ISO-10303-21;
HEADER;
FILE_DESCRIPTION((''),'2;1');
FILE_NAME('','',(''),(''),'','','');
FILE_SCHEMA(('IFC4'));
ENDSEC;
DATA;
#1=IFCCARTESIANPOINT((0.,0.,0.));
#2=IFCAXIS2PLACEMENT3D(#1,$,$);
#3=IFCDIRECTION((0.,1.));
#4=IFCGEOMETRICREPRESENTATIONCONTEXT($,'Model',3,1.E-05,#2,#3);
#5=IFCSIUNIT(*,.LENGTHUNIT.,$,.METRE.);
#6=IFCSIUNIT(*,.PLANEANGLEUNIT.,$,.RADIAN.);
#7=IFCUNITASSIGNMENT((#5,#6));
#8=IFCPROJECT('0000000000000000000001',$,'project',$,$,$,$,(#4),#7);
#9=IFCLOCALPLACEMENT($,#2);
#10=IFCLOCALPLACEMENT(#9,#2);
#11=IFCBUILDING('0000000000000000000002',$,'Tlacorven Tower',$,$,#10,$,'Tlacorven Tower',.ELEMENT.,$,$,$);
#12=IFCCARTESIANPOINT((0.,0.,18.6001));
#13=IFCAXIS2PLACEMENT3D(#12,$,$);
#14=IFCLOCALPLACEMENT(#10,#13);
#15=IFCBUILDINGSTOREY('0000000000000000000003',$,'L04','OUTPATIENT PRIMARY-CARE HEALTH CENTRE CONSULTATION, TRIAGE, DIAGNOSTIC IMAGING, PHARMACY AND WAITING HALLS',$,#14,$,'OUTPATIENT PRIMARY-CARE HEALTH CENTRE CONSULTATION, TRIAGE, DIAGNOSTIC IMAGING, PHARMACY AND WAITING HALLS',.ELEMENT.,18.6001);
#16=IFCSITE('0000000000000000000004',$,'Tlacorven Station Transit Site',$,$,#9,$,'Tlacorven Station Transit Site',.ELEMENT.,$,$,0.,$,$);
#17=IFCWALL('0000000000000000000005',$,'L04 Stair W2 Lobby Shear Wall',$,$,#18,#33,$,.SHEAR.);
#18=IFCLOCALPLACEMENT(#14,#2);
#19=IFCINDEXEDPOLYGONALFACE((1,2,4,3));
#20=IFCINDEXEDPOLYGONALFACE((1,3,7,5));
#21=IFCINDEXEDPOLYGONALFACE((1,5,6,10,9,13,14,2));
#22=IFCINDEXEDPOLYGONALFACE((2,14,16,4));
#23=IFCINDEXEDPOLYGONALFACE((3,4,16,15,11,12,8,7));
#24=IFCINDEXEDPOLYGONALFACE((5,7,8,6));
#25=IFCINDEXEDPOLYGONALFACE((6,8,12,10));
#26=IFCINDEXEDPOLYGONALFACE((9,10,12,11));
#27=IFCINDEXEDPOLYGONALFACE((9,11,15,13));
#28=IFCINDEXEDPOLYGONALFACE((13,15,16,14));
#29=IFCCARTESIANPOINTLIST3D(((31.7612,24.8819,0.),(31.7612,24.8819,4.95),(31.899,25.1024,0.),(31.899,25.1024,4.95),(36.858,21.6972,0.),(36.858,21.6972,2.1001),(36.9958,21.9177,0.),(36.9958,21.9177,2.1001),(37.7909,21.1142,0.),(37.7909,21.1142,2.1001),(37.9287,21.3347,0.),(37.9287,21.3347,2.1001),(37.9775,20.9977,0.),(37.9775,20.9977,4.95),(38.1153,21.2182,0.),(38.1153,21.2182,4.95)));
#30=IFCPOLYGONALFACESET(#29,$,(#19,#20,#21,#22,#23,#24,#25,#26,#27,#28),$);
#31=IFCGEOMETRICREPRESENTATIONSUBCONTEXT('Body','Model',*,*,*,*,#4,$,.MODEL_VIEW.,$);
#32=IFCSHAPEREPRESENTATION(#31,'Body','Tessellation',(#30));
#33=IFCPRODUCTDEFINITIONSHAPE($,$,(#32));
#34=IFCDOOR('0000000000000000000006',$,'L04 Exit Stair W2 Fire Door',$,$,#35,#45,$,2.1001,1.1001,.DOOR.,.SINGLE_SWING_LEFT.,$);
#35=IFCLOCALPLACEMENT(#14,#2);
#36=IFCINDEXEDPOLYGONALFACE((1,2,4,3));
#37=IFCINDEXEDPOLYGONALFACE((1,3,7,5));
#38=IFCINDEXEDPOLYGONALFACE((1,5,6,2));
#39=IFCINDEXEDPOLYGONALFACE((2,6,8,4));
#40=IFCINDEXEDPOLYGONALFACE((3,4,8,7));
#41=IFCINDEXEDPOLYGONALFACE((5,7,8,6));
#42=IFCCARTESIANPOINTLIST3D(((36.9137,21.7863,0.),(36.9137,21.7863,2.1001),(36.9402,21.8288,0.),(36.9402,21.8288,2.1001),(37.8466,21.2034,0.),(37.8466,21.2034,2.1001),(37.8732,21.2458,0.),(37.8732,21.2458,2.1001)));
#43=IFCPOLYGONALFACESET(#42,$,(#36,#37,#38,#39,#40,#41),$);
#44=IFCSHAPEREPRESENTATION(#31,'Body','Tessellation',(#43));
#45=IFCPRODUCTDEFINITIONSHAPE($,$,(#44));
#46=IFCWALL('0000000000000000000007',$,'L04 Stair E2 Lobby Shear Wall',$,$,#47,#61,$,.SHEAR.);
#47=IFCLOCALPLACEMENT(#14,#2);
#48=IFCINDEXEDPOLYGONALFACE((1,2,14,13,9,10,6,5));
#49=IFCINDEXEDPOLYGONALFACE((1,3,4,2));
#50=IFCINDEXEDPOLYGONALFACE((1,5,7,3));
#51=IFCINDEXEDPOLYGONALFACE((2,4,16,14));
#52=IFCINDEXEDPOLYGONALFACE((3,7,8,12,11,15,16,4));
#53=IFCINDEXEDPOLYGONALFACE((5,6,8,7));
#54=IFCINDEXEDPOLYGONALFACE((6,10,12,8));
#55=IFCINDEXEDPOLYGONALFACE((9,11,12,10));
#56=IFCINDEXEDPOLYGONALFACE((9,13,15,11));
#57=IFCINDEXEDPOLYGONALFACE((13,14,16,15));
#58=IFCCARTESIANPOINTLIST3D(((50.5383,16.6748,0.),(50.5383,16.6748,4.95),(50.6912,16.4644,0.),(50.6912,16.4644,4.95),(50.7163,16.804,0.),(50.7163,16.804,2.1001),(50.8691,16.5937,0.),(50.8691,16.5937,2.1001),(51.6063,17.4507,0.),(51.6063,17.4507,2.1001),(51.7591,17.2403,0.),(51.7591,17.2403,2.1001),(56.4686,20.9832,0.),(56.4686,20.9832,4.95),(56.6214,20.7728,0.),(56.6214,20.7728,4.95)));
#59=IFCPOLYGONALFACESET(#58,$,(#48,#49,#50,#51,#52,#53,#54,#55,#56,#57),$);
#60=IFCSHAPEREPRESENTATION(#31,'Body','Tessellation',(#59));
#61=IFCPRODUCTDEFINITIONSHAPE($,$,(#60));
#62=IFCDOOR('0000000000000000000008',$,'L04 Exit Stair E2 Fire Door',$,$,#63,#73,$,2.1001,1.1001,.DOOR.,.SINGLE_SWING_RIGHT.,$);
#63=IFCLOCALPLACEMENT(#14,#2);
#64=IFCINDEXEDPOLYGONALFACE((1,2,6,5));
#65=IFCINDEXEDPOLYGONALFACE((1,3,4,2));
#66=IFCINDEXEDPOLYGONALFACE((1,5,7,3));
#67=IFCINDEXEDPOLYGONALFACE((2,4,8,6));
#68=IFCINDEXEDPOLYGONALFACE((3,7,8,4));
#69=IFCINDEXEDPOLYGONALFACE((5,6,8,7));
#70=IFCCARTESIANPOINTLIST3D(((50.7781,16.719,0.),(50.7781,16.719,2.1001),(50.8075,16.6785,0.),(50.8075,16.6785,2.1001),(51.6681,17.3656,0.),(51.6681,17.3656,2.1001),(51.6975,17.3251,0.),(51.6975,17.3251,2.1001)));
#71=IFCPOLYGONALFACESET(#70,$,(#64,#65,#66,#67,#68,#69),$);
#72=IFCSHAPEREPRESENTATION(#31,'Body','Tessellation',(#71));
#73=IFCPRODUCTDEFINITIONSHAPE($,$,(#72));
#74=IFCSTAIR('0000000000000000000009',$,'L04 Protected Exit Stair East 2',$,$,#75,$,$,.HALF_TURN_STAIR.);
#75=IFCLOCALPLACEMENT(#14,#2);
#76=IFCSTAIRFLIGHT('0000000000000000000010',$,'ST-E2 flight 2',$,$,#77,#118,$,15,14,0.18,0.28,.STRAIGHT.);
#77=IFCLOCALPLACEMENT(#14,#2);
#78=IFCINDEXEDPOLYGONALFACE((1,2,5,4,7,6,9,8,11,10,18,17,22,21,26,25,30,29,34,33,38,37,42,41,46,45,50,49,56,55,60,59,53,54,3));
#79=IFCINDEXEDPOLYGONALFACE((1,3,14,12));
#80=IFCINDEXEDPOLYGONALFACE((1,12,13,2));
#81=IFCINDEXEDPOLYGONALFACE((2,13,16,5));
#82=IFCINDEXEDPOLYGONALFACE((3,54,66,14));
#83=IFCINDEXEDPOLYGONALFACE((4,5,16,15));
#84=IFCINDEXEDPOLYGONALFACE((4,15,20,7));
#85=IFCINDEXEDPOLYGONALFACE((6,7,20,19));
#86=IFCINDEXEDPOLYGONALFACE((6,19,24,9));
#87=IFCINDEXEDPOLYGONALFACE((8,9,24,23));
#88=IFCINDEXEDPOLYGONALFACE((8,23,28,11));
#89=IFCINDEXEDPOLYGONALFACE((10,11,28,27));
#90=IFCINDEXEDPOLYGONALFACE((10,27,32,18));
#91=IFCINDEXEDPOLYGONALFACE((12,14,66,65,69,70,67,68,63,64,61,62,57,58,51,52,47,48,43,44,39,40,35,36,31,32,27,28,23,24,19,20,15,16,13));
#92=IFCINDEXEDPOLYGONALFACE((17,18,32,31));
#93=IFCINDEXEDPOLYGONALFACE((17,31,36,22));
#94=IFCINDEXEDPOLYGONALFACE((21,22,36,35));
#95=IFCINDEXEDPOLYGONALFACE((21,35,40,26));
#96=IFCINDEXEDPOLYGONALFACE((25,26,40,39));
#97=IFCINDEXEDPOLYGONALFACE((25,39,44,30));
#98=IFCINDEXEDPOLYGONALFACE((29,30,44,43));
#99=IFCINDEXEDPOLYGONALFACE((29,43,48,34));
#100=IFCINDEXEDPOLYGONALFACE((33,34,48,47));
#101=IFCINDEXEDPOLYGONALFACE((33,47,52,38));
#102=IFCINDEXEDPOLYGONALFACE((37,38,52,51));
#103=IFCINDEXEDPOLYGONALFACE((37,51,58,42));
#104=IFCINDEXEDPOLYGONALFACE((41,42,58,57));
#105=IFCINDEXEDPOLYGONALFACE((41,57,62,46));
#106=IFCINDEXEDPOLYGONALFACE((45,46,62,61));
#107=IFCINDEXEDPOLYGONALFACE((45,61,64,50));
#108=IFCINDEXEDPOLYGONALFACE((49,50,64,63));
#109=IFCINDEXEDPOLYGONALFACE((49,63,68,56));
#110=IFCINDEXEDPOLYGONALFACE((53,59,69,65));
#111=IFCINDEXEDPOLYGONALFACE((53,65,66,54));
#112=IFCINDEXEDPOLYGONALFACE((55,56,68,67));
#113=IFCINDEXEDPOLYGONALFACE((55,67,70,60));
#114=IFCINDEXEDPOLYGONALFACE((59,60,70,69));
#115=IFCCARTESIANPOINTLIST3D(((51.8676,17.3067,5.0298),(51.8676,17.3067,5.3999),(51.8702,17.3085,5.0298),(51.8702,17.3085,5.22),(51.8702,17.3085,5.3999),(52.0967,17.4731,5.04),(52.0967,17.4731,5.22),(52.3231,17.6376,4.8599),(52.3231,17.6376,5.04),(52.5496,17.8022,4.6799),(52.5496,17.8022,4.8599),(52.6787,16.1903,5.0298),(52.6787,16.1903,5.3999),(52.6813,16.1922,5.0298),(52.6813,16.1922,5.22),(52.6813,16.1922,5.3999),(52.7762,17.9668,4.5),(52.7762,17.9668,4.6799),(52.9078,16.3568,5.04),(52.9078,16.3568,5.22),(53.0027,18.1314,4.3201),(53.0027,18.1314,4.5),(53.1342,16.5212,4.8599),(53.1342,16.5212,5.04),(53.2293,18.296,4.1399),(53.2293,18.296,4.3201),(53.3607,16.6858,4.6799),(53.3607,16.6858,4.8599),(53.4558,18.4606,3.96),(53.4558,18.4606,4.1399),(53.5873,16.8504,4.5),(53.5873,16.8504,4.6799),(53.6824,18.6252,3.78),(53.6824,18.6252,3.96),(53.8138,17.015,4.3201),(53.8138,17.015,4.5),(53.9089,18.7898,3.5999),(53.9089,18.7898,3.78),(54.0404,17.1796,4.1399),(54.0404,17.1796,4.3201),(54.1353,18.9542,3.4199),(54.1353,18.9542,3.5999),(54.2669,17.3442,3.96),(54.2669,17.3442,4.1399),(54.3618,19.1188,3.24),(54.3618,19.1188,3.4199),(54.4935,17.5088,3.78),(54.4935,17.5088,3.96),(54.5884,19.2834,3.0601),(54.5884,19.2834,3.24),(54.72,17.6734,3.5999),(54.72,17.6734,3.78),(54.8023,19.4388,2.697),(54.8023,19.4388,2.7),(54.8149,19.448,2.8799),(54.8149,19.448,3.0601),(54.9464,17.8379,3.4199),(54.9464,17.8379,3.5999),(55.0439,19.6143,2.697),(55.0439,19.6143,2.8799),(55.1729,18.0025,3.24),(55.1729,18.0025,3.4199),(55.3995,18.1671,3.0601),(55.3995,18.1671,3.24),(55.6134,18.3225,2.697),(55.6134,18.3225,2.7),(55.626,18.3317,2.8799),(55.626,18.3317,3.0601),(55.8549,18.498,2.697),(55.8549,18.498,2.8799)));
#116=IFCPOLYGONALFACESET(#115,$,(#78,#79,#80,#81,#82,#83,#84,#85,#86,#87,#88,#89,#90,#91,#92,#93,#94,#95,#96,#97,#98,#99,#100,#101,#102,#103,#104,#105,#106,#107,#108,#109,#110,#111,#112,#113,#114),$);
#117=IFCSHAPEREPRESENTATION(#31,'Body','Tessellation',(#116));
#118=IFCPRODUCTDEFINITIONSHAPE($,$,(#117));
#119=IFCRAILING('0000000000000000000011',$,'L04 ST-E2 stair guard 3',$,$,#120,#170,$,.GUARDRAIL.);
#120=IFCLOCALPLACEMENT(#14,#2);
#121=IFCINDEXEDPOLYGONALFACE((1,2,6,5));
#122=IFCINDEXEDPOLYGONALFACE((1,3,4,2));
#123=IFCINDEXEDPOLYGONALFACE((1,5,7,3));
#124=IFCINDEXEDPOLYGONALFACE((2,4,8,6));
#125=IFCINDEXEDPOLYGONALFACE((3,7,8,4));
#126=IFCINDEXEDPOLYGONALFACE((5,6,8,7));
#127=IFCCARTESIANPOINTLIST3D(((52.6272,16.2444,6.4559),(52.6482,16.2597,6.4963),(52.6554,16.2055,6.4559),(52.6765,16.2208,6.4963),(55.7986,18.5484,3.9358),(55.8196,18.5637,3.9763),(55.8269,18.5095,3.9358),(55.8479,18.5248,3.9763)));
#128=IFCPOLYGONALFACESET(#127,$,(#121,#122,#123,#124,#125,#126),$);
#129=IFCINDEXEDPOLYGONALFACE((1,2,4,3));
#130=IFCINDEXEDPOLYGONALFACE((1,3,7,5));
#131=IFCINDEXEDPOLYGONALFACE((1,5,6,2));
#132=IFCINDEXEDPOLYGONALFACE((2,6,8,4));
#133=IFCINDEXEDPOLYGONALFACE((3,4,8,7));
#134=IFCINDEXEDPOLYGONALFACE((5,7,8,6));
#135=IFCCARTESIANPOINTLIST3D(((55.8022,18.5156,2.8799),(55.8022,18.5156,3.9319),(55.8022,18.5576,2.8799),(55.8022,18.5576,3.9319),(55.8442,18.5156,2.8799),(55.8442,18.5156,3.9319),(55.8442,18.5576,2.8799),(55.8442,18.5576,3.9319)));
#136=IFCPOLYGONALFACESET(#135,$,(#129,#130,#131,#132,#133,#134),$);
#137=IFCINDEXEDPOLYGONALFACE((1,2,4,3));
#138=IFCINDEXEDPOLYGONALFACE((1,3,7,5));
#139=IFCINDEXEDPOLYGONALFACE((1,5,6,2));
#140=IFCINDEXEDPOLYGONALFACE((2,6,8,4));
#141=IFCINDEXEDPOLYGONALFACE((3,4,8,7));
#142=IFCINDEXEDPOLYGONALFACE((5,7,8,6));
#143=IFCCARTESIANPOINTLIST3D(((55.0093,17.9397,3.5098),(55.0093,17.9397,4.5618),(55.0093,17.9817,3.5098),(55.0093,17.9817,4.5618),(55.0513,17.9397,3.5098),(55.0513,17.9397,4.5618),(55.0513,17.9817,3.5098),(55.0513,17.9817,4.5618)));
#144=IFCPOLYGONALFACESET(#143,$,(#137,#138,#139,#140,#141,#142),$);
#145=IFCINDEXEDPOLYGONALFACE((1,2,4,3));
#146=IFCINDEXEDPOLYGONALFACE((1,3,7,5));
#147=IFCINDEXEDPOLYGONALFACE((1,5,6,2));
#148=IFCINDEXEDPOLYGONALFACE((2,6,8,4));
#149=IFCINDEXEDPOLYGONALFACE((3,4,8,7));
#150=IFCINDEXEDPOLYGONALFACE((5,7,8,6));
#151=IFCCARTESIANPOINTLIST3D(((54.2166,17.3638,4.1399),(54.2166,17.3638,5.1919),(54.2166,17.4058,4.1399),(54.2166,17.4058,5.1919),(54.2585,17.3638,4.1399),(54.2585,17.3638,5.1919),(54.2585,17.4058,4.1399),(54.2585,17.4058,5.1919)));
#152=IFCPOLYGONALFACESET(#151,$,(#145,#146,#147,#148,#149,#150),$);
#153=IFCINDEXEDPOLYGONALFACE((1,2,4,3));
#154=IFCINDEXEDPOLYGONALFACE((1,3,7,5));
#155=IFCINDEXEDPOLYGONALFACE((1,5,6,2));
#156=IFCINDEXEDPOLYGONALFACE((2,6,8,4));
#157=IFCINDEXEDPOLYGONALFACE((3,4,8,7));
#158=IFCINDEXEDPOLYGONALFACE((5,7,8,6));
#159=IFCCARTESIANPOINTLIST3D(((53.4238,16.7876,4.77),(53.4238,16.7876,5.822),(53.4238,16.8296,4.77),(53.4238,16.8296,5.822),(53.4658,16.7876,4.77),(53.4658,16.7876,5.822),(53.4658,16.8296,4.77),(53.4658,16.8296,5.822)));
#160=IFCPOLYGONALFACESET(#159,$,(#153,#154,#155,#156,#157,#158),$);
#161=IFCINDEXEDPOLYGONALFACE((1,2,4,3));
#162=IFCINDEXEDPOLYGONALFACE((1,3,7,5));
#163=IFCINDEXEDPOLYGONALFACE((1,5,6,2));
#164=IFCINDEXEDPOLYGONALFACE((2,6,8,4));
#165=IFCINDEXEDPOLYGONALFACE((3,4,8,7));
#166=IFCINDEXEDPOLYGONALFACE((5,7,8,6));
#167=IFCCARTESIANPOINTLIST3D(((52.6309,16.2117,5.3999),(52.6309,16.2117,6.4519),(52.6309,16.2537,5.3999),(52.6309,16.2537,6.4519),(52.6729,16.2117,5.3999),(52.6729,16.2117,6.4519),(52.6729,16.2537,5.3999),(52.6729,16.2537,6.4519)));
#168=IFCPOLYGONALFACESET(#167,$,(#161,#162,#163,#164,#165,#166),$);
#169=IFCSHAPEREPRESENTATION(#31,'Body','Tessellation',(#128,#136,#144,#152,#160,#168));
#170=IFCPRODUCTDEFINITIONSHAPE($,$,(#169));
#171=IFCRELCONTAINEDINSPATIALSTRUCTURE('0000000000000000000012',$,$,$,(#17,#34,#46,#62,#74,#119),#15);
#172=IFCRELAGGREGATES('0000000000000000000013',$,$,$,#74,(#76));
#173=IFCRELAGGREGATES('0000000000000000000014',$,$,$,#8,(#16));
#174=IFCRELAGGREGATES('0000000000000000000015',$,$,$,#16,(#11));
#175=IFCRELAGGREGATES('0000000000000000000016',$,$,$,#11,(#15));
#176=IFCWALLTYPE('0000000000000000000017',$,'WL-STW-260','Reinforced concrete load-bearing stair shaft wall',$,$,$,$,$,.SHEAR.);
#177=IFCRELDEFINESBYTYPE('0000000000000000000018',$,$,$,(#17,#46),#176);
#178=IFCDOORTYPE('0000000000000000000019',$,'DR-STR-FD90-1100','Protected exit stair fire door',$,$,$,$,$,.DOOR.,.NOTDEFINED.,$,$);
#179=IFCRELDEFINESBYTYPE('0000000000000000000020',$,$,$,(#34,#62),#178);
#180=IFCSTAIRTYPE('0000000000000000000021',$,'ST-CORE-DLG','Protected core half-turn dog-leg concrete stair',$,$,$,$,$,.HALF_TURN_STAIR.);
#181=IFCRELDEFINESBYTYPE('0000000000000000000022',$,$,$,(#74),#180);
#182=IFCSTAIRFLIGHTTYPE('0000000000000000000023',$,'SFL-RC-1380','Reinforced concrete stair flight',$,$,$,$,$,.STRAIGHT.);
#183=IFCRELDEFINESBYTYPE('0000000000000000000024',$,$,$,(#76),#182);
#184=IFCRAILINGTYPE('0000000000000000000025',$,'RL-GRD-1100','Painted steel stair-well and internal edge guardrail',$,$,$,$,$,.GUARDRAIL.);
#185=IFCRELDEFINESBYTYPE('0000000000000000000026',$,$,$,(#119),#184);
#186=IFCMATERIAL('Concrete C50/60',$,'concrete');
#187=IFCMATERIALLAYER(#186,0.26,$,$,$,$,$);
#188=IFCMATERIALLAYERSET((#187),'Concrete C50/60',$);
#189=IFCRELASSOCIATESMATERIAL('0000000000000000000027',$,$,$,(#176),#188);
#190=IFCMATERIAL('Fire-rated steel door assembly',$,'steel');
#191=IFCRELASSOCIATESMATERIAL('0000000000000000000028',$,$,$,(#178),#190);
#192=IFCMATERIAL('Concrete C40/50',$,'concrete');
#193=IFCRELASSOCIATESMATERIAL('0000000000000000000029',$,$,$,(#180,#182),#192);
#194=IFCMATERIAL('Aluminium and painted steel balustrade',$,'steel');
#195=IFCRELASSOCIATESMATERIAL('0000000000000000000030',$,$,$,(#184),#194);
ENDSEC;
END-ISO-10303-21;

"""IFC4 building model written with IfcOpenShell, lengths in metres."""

from ifc_helpers import new_model, si_unit, direction, frame, frame_2d, origin, origin_2d, place, context, subcontext, project, spatial, polyline, rectangle, outline, extrude, source, transform, mapped, material, layer, layer_set, type_object, element, fill, aggregate, save


model = new_model("IFC4")

# Units and contexts
model_context = context("Model", 3, precision=1e-05, world=origin(), true_north=direction((0.0, 1.0)))
body_context = subcontext(model_context, "Body", "Model", "MODEL_VIEW")
ifc_project = project(units=[si_unit("LENGTHUNIT", "METRE"), si_unit("PLANEANGLEUNIT", "RADIAN")], contexts=[model_context])

# Site, building, storey
site_placement = place(None, origin())
site = spatial("IfcSite", under=ifc_project, at=site_placement, Name="Tlacorven Station Transit Site", LongName="Tlacorven Station Transit Site", CompositionType="ELEMENT", RefElevation=0.0)
building_placement = place(site_placement, origin())
building = spatial("IfcBuilding", under=site, at=building_placement, Name="Tlacorven Tower", LongName="Tlacorven Tower", CompositionType="ELEMENT")
storey_placement = place(building_placement, frame((0.0, 0.0, 18.6001)))
storey = spatial("IfcBuildingStorey", under=building, at=storey_placement, Name="L04", Description="OUTPATIENT PRIMARY-CARE HEALTH CENTRE CONSULTATION, TRIAGE, DIAGNOSTIC IMAGING, PHARMACY AND WAITING HALLS", LongName="OUTPATIENT PRIMARY-CARE HEALTH CENTRE CONSULTATION, TRIAGE, DIAGNOSTIC IMAGING, PHARMACY AND WAITING HALLS", CompositionType="ELEMENT", Elevation=18.6001)

# Shared definitions
ifc_material_1 = material(Name="Concrete C40/50", Category="concrete")
ifc_material_2 = material(Name="Fire-rated steel door assembly", Category="steel")

# Walls, openings, doors
ifc_material_3 = material(Name="Concrete C50/60", Category="concrete")
ifc_layer_1 = layer(ifc_material_3, 0.26)
ifc_layer_set_1 = layer_set([ifc_layer_1], Name="Concrete C50/60")
wall_type_1 = type_object("IfcWallType", Name="WL-STW-260", Description="Reinforced concrete load-bearing stair shaft wall", PredefinedType="SHEAR", material=ifc_layer_set_1)
wall_1_placement = place(storey_placement, frame((38.0464, 21.1079, 0.0), z_axis=(0.0, 0.0, 1.0), x_axis=(-0.848054, 0.529909, 0.0)))
wall_1 = element("IfcWall", 1, at=wall_1_placement, inside=storey, type_object=wall_type_1, Name="L04 Stair W2 Lobby Shear Wall", PredefinedType="SHEAR", context=body_context, shape_type="SweptSolid", body=[
    extrude(rectangle(XDim=7.3301, YDim=0.26, at=frame_2d((3.665, 0.0))), origin(), (0.0, 0.0, 1.0), 4.95),
])
opening_1_placement = place(wall_1_placement, frame((0.22, 0.0, 0.0)))
opening_1 = element("IfcOpeningElement", 2, at=opening_1_placement, cuts=wall_1, PredefinedType="OPENING", context=body_context, shape_type="SweptSolid", body=[
    extrude(rectangle(XDim=1.1001, YDim=2.1001, at=frame_2d((0.55, 1.05))), frame((0.0, 0.1401, 0.0), z_axis=(0.0, -1.0, 0.0), x_axis=(1.0, 0.0, 0.0)), (0.0, 0.0, 1.0), 0.28),
])
door_type_1 = type_object("IfcDoorType", Name="DR-STR-FD90-1100", Description="Protected exit stair fire door", OperationType="NOTDEFINED", PredefinedType="DOOR", material=ifc_material_2)
shared_shape_1 = source(origin(), body_context, "Body", "SweptSolid", [
    extrude(rectangle(XDim=1.1001, YDim=2.1001, at=frame_2d((0.55, 1.05))), frame((0.0, 0.0249, 0.0), z_axis=(0.0, -1.0, 0.0), x_axis=(1.0, 0.0, 0.0)), (0.0, 0.0, 1.0), 0.05),
])
door_1_placement = place(opening_1_placement, origin())
door_1 = element("IfcDoor", 3, at=door_1_placement, inside=storey, type_object=door_type_1, Name="L04 Exit Stair W2 Fire Door", OperationType="SINGLE_SWING_LEFT", OverallHeight=2.1001, OverallWidth=1.1001, PredefinedType="DOOR", context=body_context, shape_type="MappedRepresentation", body=[
    mapped(shared_shape_1, transform((0.0, 0.0, 0.0), scale=1.0)),
])
fill(opening_1, door_1)
wall_2_placement = place(storey_placement, frame((50.6147, 16.5696, 0.0), z_axis=(0.0, 0.0, 1.0), x_axis=(0.809028, 0.58777, 0.0)))
wall_2 = element("IfcWall", 4, at=wall_2_placement, inside=storey, type_object=wall_type_1, Name="L04 Stair E2 Lobby Shear Wall", PredefinedType="SHEAR", context=body_context, shape_type="SweptSolid", body=[
    extrude(rectangle(XDim=7.3301, YDim=0.26, at=frame_2d((3.665, 0.0))), origin(), (0.0, 0.0, 1.0), 4.95),
])
opening_2_placement = place(wall_2_placement, frame((0.22, 0.0, 0.0)))
opening_2 = element("IfcOpeningElement", 5, at=opening_2_placement, cuts=wall_2, PredefinedType="OPENING", context=body_context, shape_type="SweptSolid", body=[
    extrude(rectangle(XDim=1.1001, YDim=2.1001, at=frame_2d((0.55, 1.05))), frame((0.0, 0.1401, 0.0), z_axis=(0.0, -1.0, 0.0), x_axis=(1.0, 0.0, 0.0)), (0.0, 0.0, 1.0), 0.28),
])
door_2_placement = place(opening_2_placement, origin())
door_2 = element("IfcDoor", 6, at=door_2_placement, inside=storey, type_object=door_type_1, Name="L04 Exit Stair E2 Fire Door", OperationType="SINGLE_SWING_RIGHT", OverallHeight=2.1001, OverallWidth=1.1001, PredefinedType="DOOR", context=body_context, shape_type="MappedRepresentation", body=[
    mapped(shared_shape_1, transform((0.0, 0.0, 0.0), scale=1.0)),
])
fill(opening_2, door_2)

# Stair, stair flight
stair_type = type_object("IfcStairType", Name="ST-CORE-DLG", Description="Protected core half-turn dog-leg concrete stair", PredefinedType="HALF_TURN_STAIR", material=ifc_material_1)
stair_placement = place(storey_placement, origin())
stair = element("IfcStair", 7, at=stair_placement, inside=storey, type_object=stair_type, Name="L04 Protected Exit Stair East 2", PredefinedType="HALF_TURN_STAIR")
stair_flight_type = type_object("IfcStairFlightType", Name="SFL-RC-1380", Description="Reinforced concrete stair flight", PredefinedType="STRAIGHT", material=ifc_material_1)
shared_shape_2 = source(origin(), body_context, "Body", "SweptSolid", [
    extrude(outline(polyline([(-0.0029, -0.0029), (-0.0029, 0.1799), (0.28, 0.1799), (0.28, 0.3601), (0.5601, 0.3601), (0.5601, 0.54), (0.8401, 0.54), (0.8401, 0.72), (1.1201, 0.72), (1.1201, 0.8999), (1.3999, 0.8999), (1.3999, 1.0801), (1.6799, 1.0801), (1.6799, 1.26), (1.96, 1.26), (1.96, 1.4399), (2.24, 1.4399), (2.24, 1.6201), (2.52, 1.6201), (2.52, 1.8), (2.8, 1.8), (2.8, 1.98), (3.0801, 1.98), (3.0801, 2.1599), (3.3601, 2.1599), (3.3601, 2.3401), (3.6399, 2.3401), (3.6399, 2.52), (3.9199, 2.52), (3.9199, 2.7), (3.9231, 2.7), (3.9231, 2.3298), (3.9199, 2.3298), (0.2957, 0.0), (0.2957, -0.0029), (-0.0029, -0.0029)])), frame((0.0, 0.6899, 0.0), z_axis=(0.0, -1.0, 0.0), x_axis=(1.0, 0.0, 0.0)), (0.0, 0.0, 1.0), 1.3799),
])
stair_flight_placement = place(storey_placement, frame((55.447, 19.0544, 2.7), z_axis=(0.0, 0.0, 1.0), x_axis=(-0.809017, -0.587785, 0.0)))
stair_flight = element("IfcStairFlight", 8, at=stair_flight_placement, type_object=stair_flight_type, Name="ST-E2 flight 2", NumberOfRisers=15, NumberOfTreads=14, PredefinedType="STRAIGHT", RiserHeight=0.18, TreadLength=0.28, context=body_context, shape_type="MappedRepresentation", body=[
    mapped(shared_shape_2, transform((0.0, 0.0, 0.0), scale=1.0)),
])
aggregate(stair, [stair_flight])

# Railing
ifc_material_4 = material(Name="Aluminium and painted steel balustrade", Category="steel")
railing_type_1 = type_object("IfcRailingType", Name="RL-GRD-1100", Description="Painted steel stair-well and internal edge guardrail", PredefinedType="GUARDRAIL", material=ifc_material_4)
shared_shape_3 = source(origin(), body_context, "Body", "SweptSolid", [
    extrude(rectangle(XDim=0.0481, YDim=0.0481, at=origin_2d()), frame((0.0, 0.0, 1.0762), z_axis=(-0.680543, -0.494402, 0.540767), x_axis=(0.587753, -0.80904, 0.0)), (0.0, 0.0, 1.0), 4.6602),
    extrude(rectangle(XDim=0.042, YDim=0.042, at=origin_2d()), origin(), (0.0, 0.0, 1.0), 1.052),
    extrude(rectangle(XDim=0.042, YDim=0.042, at=origin_2d()), frame((-0.793, -0.5759, 0.6299)), (0.0, 0.0, 1.0), 1.052),
    extrude(rectangle(XDim=0.042, YDim=0.042, at=origin_2d()), frame((-1.5857, -1.1519, 1.26)), (0.0, 0.0, 1.0), 1.052),
    extrude(rectangle(XDim=0.042, YDim=0.042, at=origin_2d()), frame((-2.3784, -1.728, 1.8901)), (0.0, 0.0, 1.0), 1.052),
    extrude(rectangle(XDim=0.042, YDim=0.042, at=origin_2d()), frame((-3.1714, -2.304, 2.52)), (0.0, 0.0, 1.0), 1.052),
])
railing_1_placement = place(storey_placement, frame((55.8232, 18.5366, 2.8799)))
element("IfcRailing", 9, at=railing_1_placement, inside=storey, type_object=railing_type_1, Name="L04 ST-E2 stair guard 3", PredefinedType="GUARDRAIL", context=body_context, shape_type="MappedRepresentation", body=[
    mapped(shared_shape_3, transform((0.0, 0.0, 0.0), scale=1.0)),
])

save(model, "model.ifc")
